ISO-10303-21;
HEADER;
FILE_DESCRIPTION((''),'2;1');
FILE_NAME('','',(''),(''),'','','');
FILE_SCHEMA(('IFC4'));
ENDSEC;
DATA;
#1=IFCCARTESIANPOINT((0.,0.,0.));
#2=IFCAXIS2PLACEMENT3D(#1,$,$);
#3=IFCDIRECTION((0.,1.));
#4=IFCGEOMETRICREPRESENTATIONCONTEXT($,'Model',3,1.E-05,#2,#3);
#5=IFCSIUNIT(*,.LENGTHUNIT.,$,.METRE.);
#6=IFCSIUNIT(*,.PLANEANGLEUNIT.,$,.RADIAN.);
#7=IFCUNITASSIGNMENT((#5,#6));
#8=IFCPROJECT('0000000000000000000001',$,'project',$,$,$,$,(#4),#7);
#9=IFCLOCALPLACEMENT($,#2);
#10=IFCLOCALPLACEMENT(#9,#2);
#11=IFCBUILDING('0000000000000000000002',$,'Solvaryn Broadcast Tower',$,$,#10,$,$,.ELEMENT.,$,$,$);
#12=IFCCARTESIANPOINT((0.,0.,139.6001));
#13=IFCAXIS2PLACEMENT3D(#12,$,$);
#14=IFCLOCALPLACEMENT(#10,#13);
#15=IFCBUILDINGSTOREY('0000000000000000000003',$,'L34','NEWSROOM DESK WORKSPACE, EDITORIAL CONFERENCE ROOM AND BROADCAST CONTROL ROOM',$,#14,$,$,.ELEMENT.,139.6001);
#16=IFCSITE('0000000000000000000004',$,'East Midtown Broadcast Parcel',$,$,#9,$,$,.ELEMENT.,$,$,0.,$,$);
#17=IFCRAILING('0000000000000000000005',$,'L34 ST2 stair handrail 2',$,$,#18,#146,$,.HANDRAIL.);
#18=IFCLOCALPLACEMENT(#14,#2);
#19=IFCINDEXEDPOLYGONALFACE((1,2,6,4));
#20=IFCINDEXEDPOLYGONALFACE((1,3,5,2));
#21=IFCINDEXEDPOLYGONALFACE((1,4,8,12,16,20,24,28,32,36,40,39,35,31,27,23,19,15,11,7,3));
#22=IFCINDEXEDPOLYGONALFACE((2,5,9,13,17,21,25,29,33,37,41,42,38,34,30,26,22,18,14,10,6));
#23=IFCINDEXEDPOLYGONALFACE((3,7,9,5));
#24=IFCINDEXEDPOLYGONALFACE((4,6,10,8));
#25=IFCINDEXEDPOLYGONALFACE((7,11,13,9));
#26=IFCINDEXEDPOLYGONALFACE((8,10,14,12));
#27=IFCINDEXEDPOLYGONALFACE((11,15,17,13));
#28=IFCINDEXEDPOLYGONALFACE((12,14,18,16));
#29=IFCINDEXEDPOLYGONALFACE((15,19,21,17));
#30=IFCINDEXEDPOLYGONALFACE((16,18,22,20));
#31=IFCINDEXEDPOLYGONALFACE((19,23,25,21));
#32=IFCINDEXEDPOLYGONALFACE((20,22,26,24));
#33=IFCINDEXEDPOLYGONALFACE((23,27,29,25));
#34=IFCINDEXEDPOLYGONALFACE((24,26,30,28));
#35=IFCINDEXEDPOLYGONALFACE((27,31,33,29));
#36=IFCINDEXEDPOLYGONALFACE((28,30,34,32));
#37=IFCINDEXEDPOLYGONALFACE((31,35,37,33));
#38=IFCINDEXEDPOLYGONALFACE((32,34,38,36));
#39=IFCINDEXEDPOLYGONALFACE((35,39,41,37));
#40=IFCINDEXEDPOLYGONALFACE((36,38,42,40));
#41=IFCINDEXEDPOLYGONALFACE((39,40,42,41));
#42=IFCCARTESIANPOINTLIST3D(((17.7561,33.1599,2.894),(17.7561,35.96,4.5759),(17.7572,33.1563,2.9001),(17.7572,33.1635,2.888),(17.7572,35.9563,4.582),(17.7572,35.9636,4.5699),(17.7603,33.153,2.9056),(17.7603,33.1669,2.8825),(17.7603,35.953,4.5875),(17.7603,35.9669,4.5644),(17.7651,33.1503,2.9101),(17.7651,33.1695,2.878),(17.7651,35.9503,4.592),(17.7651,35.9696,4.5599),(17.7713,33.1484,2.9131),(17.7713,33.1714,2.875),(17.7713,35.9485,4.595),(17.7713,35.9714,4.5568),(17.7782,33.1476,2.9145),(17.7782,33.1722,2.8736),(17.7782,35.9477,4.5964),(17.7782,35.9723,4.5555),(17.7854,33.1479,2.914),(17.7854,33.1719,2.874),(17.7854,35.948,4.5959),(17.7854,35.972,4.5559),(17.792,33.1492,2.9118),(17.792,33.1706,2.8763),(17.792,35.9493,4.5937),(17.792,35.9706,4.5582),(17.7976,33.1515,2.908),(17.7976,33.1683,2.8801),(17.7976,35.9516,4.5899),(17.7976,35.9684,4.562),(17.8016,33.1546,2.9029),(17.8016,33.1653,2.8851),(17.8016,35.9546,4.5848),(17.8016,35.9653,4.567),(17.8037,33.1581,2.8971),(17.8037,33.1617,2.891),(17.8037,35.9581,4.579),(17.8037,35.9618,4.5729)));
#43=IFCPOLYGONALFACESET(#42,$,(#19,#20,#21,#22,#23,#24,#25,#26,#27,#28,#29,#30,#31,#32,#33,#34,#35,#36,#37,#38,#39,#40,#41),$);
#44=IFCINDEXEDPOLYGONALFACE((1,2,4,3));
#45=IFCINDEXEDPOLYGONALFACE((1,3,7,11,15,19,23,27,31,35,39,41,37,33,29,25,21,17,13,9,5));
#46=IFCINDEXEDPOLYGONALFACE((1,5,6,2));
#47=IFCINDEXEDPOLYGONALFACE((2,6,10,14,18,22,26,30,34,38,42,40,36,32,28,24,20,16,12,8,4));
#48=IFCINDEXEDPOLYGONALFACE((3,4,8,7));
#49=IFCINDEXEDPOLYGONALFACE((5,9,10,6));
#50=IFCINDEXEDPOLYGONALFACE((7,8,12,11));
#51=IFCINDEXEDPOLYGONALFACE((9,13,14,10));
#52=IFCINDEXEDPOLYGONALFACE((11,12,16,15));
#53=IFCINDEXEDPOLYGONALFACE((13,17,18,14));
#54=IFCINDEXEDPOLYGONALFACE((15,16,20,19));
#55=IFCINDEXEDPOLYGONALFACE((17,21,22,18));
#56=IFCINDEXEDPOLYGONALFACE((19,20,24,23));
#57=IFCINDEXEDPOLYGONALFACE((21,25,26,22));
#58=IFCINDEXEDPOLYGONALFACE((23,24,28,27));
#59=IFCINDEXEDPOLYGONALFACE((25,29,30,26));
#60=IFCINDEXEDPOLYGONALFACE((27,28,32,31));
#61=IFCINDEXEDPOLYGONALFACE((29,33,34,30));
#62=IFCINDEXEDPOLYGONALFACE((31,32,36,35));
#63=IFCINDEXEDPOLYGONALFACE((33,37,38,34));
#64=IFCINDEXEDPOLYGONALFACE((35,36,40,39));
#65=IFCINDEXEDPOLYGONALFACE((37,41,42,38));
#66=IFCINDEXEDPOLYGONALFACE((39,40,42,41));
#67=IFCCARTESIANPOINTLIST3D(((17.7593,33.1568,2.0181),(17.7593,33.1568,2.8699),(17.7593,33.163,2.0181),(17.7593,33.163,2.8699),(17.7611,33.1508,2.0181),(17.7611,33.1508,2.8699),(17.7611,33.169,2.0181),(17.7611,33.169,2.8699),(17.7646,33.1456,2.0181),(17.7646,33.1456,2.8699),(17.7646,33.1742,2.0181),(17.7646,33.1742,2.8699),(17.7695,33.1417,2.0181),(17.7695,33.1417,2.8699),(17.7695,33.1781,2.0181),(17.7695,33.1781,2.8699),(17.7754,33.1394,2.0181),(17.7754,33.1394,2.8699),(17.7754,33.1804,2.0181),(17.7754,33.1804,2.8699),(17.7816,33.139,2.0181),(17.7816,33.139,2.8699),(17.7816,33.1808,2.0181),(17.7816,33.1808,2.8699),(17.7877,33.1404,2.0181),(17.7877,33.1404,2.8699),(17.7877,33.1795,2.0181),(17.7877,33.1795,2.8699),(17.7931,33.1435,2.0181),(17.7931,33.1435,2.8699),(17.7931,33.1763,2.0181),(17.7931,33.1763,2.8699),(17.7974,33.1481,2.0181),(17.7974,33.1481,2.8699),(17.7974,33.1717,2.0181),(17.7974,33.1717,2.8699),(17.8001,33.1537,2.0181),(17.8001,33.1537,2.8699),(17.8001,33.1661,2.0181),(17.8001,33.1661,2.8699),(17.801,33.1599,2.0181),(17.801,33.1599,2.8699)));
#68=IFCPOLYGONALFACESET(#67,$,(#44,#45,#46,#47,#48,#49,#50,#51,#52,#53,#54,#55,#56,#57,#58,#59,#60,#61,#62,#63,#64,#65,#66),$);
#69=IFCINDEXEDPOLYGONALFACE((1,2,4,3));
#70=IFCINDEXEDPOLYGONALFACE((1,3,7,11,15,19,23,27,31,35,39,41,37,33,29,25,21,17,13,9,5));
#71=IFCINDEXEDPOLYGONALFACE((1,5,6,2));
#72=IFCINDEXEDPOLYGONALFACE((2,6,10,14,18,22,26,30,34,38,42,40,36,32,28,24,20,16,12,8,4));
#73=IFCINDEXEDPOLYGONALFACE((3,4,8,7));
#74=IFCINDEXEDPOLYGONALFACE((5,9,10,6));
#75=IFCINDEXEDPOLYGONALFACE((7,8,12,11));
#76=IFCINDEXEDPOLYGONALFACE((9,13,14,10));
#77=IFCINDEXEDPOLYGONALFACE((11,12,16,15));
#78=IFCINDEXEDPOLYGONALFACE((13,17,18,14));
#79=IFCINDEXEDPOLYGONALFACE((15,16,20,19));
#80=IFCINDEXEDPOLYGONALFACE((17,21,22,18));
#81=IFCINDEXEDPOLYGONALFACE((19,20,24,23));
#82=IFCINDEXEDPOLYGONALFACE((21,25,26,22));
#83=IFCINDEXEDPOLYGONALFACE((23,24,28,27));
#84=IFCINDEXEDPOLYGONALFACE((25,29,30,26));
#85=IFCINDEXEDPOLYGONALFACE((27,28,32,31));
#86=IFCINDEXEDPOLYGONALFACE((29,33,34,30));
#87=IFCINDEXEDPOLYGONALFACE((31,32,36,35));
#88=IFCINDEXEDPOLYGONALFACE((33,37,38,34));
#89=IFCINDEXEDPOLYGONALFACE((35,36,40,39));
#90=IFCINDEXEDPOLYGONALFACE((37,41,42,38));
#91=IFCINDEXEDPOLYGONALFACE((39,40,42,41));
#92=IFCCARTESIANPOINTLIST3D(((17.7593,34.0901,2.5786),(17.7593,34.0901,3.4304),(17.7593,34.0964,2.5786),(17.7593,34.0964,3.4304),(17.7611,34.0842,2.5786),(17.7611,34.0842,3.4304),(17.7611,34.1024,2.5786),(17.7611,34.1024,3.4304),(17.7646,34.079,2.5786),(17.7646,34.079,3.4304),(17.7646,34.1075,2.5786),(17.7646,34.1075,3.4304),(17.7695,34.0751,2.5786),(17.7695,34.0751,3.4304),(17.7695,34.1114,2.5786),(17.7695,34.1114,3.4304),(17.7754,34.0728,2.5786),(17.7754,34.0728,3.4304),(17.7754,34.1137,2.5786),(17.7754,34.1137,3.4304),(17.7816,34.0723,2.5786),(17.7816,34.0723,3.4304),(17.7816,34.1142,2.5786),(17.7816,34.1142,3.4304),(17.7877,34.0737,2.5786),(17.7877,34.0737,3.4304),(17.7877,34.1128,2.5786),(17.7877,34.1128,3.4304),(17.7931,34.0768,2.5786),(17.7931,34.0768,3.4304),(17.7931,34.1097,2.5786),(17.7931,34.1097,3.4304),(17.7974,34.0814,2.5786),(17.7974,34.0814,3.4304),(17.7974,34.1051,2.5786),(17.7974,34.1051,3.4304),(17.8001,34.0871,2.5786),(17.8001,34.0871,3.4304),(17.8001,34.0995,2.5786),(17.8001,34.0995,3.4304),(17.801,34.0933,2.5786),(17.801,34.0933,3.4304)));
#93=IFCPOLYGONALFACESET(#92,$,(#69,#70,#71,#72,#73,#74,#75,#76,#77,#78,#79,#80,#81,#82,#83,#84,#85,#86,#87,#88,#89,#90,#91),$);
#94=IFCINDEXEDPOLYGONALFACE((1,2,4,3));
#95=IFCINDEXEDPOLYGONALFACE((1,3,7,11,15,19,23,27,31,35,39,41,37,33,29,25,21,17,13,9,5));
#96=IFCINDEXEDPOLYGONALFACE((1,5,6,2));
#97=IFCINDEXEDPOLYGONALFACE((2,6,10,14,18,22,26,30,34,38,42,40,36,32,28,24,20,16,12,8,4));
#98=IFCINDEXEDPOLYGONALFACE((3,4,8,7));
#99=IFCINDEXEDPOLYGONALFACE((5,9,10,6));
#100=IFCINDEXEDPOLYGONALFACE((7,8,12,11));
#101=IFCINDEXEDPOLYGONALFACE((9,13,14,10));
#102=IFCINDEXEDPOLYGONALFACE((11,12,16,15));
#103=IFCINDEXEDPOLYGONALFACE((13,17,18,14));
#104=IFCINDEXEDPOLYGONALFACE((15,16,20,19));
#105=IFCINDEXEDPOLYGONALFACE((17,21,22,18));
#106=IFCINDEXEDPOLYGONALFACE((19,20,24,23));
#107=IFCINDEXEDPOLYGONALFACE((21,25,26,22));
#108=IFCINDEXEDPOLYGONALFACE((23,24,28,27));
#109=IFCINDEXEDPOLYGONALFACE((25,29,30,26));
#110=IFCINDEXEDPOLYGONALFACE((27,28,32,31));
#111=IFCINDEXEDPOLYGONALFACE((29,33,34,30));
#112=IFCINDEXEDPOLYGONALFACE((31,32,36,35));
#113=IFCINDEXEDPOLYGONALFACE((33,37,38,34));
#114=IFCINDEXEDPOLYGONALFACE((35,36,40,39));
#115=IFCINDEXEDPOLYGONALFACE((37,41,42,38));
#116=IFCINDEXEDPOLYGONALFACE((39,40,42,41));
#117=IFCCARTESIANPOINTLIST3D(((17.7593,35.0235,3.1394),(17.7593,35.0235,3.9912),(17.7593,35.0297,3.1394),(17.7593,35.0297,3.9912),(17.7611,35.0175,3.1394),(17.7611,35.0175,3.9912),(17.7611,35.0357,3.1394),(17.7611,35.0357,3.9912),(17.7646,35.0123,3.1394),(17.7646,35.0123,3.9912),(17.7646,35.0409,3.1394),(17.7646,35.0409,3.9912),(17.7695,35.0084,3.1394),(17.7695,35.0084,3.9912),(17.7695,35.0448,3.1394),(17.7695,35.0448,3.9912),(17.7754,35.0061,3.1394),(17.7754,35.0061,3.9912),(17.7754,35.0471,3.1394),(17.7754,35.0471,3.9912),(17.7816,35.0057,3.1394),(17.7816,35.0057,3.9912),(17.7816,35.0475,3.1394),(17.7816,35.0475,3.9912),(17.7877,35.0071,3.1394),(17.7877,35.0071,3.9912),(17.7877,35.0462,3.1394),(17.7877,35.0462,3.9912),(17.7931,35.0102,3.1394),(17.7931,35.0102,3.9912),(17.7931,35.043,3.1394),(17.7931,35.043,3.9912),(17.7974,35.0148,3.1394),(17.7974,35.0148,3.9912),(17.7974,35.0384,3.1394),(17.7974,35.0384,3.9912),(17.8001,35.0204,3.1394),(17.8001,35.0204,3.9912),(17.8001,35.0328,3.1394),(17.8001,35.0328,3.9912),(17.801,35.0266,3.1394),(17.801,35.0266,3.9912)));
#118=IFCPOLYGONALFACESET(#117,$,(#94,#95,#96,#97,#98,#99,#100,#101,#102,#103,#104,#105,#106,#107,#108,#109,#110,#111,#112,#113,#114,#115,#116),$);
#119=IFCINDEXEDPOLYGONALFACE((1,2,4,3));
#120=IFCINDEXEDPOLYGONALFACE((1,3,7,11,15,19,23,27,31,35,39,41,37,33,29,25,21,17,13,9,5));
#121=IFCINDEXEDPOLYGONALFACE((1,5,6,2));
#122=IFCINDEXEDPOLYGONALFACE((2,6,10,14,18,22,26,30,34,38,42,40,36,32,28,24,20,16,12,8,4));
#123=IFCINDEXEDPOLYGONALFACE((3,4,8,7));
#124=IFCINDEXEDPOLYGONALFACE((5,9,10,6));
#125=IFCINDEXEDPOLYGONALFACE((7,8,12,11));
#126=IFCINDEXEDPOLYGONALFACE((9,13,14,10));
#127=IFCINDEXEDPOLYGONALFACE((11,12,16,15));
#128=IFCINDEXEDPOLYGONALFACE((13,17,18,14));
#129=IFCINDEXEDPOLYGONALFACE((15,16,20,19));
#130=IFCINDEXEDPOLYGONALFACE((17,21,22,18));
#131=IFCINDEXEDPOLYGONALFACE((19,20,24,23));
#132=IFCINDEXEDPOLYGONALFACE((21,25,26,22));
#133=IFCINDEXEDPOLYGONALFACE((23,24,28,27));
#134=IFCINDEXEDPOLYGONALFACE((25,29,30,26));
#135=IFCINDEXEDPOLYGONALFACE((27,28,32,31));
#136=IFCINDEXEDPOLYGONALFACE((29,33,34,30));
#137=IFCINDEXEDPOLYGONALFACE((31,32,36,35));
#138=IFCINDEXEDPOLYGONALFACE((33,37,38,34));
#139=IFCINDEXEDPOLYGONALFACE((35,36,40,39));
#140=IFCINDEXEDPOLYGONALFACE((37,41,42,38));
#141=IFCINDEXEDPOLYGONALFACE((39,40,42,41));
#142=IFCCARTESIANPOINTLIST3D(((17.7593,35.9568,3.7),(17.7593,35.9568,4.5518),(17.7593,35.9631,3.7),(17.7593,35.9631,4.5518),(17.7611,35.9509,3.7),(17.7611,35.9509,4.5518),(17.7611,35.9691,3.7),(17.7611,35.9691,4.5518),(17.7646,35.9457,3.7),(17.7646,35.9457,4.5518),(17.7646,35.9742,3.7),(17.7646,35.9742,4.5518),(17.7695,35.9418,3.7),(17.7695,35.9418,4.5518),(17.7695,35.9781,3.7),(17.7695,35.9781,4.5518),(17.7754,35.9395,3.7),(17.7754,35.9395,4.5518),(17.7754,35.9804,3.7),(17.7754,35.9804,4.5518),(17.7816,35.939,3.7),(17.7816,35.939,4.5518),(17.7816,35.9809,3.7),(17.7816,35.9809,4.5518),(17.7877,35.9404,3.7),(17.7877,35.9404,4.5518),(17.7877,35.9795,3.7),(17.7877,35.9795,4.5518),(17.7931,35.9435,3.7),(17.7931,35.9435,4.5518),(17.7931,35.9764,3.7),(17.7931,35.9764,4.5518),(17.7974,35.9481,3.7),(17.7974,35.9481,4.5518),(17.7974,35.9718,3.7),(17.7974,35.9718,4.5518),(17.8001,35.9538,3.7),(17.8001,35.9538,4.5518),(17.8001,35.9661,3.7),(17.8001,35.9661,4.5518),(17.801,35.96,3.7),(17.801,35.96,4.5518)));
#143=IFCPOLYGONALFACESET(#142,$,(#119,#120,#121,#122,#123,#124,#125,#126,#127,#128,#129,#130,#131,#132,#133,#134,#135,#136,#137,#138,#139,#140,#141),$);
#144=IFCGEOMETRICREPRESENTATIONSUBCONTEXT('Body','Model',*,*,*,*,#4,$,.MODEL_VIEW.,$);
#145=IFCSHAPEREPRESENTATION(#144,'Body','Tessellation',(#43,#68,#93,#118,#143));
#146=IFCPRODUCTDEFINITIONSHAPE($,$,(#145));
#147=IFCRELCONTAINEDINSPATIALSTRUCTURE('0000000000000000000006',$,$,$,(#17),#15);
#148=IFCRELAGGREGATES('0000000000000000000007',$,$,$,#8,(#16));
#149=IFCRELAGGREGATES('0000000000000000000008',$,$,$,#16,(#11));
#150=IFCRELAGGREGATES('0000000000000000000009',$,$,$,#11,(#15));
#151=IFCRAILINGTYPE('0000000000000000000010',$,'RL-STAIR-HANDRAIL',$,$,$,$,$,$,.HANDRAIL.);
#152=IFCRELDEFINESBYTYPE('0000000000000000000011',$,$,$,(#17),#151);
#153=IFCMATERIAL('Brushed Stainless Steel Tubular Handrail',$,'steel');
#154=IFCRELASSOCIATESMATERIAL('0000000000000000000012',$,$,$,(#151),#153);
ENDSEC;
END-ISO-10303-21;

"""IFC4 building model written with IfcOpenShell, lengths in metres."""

from ifc_helpers import new_model, si_unit, direction, frame, origin, origin_2d, place, context, subcontext, project, spatial, circle, extrude, material, type_object, element, save


model = new_model("IFC4")

# Units and contexts
model_context = context("Model", 3, precision=1e-05, world=origin(), true_north=direction((0.0, 1.0)))
body_context = subcontext(model_context, "Body", "Model", "MODEL_VIEW")
ifc_project = project(units=[si_unit("LENGTHUNIT", "METRE"), si_unit("PLANEANGLEUNIT", "RADIAN")], contexts=[model_context])

# Site, building, storey
site_placement = place(None, origin())
site = spatial("IfcSite", under=ifc_project, at=site_placement, Name="East Midtown Broadcast Parcel", CompositionType="ELEMENT", RefElevation=0.0)
building_placement = place(site_placement, origin())
building = spatial("IfcBuilding", under=site, at=building_placement, Name="Solvaryn Broadcast Tower", CompositionType="ELEMENT")
storey_placement = place(building_placement, frame((0.0, 0.0, 139.6001)))
storey = spatial("IfcBuildingStorey", under=building, at=storey_placement, Name="L34", Description="NEWSROOM DESK WORKSPACE, EDITORIAL CONFERENCE ROOM AND BROADCAST CONTROL ROOM", CompositionType="ELEMENT", Elevation=139.6001)

# Railing
ifc_material_1 = material(Name="Brushed Stainless Steel Tubular Handrail", Category="steel")
railing_type_1 = type_object("IfcRailingType", Name="RL-STAIR-HANDRAIL", PredefinedType="HANDRAIL", material=ifc_material_1)
railing_1_placement = place(storey_placement, frame((17.78, 33.1599, 2.0181)))
element("IfcRailing", 1, at=railing_1_placement, inside=storey, type_object=railing_type_1, Name="L34 ST2 stair handrail 2", PredefinedType="HANDRAIL", context=body_context, shape_type="SweptSolid", body=[
    extrude(circle(Radius=0.0239, at=origin_2d()), frame((0.0, 0.0, 0.876), z_axis=(0.0, 0.857242, 0.514913), x_axis=(-1.0, 0.0, 0.0)), (0.0, 0.0, 1.0), 3.2664),
    extrude(circle(Radius=0.021, at=origin_2d()), origin(), (0.0, 0.0, 1.0), 0.8518),
    extrude(circle(Radius=0.021, at=origin_2d()), frame((0.0, 0.9333, 0.5605)), (0.0, 0.0, 1.0), 0.8518),
    extrude(circle(Radius=0.021, at=origin_2d()), frame((0.0, 1.8667, 1.1213)), (0.0, 0.0, 1.0), 0.8518),
    extrude(circle(Radius=0.021, at=origin_2d()), frame((0.0, 2.8, 1.6819)), (0.0, 0.0, 1.0), 0.8518),
])

save(model, "model.ifc")
